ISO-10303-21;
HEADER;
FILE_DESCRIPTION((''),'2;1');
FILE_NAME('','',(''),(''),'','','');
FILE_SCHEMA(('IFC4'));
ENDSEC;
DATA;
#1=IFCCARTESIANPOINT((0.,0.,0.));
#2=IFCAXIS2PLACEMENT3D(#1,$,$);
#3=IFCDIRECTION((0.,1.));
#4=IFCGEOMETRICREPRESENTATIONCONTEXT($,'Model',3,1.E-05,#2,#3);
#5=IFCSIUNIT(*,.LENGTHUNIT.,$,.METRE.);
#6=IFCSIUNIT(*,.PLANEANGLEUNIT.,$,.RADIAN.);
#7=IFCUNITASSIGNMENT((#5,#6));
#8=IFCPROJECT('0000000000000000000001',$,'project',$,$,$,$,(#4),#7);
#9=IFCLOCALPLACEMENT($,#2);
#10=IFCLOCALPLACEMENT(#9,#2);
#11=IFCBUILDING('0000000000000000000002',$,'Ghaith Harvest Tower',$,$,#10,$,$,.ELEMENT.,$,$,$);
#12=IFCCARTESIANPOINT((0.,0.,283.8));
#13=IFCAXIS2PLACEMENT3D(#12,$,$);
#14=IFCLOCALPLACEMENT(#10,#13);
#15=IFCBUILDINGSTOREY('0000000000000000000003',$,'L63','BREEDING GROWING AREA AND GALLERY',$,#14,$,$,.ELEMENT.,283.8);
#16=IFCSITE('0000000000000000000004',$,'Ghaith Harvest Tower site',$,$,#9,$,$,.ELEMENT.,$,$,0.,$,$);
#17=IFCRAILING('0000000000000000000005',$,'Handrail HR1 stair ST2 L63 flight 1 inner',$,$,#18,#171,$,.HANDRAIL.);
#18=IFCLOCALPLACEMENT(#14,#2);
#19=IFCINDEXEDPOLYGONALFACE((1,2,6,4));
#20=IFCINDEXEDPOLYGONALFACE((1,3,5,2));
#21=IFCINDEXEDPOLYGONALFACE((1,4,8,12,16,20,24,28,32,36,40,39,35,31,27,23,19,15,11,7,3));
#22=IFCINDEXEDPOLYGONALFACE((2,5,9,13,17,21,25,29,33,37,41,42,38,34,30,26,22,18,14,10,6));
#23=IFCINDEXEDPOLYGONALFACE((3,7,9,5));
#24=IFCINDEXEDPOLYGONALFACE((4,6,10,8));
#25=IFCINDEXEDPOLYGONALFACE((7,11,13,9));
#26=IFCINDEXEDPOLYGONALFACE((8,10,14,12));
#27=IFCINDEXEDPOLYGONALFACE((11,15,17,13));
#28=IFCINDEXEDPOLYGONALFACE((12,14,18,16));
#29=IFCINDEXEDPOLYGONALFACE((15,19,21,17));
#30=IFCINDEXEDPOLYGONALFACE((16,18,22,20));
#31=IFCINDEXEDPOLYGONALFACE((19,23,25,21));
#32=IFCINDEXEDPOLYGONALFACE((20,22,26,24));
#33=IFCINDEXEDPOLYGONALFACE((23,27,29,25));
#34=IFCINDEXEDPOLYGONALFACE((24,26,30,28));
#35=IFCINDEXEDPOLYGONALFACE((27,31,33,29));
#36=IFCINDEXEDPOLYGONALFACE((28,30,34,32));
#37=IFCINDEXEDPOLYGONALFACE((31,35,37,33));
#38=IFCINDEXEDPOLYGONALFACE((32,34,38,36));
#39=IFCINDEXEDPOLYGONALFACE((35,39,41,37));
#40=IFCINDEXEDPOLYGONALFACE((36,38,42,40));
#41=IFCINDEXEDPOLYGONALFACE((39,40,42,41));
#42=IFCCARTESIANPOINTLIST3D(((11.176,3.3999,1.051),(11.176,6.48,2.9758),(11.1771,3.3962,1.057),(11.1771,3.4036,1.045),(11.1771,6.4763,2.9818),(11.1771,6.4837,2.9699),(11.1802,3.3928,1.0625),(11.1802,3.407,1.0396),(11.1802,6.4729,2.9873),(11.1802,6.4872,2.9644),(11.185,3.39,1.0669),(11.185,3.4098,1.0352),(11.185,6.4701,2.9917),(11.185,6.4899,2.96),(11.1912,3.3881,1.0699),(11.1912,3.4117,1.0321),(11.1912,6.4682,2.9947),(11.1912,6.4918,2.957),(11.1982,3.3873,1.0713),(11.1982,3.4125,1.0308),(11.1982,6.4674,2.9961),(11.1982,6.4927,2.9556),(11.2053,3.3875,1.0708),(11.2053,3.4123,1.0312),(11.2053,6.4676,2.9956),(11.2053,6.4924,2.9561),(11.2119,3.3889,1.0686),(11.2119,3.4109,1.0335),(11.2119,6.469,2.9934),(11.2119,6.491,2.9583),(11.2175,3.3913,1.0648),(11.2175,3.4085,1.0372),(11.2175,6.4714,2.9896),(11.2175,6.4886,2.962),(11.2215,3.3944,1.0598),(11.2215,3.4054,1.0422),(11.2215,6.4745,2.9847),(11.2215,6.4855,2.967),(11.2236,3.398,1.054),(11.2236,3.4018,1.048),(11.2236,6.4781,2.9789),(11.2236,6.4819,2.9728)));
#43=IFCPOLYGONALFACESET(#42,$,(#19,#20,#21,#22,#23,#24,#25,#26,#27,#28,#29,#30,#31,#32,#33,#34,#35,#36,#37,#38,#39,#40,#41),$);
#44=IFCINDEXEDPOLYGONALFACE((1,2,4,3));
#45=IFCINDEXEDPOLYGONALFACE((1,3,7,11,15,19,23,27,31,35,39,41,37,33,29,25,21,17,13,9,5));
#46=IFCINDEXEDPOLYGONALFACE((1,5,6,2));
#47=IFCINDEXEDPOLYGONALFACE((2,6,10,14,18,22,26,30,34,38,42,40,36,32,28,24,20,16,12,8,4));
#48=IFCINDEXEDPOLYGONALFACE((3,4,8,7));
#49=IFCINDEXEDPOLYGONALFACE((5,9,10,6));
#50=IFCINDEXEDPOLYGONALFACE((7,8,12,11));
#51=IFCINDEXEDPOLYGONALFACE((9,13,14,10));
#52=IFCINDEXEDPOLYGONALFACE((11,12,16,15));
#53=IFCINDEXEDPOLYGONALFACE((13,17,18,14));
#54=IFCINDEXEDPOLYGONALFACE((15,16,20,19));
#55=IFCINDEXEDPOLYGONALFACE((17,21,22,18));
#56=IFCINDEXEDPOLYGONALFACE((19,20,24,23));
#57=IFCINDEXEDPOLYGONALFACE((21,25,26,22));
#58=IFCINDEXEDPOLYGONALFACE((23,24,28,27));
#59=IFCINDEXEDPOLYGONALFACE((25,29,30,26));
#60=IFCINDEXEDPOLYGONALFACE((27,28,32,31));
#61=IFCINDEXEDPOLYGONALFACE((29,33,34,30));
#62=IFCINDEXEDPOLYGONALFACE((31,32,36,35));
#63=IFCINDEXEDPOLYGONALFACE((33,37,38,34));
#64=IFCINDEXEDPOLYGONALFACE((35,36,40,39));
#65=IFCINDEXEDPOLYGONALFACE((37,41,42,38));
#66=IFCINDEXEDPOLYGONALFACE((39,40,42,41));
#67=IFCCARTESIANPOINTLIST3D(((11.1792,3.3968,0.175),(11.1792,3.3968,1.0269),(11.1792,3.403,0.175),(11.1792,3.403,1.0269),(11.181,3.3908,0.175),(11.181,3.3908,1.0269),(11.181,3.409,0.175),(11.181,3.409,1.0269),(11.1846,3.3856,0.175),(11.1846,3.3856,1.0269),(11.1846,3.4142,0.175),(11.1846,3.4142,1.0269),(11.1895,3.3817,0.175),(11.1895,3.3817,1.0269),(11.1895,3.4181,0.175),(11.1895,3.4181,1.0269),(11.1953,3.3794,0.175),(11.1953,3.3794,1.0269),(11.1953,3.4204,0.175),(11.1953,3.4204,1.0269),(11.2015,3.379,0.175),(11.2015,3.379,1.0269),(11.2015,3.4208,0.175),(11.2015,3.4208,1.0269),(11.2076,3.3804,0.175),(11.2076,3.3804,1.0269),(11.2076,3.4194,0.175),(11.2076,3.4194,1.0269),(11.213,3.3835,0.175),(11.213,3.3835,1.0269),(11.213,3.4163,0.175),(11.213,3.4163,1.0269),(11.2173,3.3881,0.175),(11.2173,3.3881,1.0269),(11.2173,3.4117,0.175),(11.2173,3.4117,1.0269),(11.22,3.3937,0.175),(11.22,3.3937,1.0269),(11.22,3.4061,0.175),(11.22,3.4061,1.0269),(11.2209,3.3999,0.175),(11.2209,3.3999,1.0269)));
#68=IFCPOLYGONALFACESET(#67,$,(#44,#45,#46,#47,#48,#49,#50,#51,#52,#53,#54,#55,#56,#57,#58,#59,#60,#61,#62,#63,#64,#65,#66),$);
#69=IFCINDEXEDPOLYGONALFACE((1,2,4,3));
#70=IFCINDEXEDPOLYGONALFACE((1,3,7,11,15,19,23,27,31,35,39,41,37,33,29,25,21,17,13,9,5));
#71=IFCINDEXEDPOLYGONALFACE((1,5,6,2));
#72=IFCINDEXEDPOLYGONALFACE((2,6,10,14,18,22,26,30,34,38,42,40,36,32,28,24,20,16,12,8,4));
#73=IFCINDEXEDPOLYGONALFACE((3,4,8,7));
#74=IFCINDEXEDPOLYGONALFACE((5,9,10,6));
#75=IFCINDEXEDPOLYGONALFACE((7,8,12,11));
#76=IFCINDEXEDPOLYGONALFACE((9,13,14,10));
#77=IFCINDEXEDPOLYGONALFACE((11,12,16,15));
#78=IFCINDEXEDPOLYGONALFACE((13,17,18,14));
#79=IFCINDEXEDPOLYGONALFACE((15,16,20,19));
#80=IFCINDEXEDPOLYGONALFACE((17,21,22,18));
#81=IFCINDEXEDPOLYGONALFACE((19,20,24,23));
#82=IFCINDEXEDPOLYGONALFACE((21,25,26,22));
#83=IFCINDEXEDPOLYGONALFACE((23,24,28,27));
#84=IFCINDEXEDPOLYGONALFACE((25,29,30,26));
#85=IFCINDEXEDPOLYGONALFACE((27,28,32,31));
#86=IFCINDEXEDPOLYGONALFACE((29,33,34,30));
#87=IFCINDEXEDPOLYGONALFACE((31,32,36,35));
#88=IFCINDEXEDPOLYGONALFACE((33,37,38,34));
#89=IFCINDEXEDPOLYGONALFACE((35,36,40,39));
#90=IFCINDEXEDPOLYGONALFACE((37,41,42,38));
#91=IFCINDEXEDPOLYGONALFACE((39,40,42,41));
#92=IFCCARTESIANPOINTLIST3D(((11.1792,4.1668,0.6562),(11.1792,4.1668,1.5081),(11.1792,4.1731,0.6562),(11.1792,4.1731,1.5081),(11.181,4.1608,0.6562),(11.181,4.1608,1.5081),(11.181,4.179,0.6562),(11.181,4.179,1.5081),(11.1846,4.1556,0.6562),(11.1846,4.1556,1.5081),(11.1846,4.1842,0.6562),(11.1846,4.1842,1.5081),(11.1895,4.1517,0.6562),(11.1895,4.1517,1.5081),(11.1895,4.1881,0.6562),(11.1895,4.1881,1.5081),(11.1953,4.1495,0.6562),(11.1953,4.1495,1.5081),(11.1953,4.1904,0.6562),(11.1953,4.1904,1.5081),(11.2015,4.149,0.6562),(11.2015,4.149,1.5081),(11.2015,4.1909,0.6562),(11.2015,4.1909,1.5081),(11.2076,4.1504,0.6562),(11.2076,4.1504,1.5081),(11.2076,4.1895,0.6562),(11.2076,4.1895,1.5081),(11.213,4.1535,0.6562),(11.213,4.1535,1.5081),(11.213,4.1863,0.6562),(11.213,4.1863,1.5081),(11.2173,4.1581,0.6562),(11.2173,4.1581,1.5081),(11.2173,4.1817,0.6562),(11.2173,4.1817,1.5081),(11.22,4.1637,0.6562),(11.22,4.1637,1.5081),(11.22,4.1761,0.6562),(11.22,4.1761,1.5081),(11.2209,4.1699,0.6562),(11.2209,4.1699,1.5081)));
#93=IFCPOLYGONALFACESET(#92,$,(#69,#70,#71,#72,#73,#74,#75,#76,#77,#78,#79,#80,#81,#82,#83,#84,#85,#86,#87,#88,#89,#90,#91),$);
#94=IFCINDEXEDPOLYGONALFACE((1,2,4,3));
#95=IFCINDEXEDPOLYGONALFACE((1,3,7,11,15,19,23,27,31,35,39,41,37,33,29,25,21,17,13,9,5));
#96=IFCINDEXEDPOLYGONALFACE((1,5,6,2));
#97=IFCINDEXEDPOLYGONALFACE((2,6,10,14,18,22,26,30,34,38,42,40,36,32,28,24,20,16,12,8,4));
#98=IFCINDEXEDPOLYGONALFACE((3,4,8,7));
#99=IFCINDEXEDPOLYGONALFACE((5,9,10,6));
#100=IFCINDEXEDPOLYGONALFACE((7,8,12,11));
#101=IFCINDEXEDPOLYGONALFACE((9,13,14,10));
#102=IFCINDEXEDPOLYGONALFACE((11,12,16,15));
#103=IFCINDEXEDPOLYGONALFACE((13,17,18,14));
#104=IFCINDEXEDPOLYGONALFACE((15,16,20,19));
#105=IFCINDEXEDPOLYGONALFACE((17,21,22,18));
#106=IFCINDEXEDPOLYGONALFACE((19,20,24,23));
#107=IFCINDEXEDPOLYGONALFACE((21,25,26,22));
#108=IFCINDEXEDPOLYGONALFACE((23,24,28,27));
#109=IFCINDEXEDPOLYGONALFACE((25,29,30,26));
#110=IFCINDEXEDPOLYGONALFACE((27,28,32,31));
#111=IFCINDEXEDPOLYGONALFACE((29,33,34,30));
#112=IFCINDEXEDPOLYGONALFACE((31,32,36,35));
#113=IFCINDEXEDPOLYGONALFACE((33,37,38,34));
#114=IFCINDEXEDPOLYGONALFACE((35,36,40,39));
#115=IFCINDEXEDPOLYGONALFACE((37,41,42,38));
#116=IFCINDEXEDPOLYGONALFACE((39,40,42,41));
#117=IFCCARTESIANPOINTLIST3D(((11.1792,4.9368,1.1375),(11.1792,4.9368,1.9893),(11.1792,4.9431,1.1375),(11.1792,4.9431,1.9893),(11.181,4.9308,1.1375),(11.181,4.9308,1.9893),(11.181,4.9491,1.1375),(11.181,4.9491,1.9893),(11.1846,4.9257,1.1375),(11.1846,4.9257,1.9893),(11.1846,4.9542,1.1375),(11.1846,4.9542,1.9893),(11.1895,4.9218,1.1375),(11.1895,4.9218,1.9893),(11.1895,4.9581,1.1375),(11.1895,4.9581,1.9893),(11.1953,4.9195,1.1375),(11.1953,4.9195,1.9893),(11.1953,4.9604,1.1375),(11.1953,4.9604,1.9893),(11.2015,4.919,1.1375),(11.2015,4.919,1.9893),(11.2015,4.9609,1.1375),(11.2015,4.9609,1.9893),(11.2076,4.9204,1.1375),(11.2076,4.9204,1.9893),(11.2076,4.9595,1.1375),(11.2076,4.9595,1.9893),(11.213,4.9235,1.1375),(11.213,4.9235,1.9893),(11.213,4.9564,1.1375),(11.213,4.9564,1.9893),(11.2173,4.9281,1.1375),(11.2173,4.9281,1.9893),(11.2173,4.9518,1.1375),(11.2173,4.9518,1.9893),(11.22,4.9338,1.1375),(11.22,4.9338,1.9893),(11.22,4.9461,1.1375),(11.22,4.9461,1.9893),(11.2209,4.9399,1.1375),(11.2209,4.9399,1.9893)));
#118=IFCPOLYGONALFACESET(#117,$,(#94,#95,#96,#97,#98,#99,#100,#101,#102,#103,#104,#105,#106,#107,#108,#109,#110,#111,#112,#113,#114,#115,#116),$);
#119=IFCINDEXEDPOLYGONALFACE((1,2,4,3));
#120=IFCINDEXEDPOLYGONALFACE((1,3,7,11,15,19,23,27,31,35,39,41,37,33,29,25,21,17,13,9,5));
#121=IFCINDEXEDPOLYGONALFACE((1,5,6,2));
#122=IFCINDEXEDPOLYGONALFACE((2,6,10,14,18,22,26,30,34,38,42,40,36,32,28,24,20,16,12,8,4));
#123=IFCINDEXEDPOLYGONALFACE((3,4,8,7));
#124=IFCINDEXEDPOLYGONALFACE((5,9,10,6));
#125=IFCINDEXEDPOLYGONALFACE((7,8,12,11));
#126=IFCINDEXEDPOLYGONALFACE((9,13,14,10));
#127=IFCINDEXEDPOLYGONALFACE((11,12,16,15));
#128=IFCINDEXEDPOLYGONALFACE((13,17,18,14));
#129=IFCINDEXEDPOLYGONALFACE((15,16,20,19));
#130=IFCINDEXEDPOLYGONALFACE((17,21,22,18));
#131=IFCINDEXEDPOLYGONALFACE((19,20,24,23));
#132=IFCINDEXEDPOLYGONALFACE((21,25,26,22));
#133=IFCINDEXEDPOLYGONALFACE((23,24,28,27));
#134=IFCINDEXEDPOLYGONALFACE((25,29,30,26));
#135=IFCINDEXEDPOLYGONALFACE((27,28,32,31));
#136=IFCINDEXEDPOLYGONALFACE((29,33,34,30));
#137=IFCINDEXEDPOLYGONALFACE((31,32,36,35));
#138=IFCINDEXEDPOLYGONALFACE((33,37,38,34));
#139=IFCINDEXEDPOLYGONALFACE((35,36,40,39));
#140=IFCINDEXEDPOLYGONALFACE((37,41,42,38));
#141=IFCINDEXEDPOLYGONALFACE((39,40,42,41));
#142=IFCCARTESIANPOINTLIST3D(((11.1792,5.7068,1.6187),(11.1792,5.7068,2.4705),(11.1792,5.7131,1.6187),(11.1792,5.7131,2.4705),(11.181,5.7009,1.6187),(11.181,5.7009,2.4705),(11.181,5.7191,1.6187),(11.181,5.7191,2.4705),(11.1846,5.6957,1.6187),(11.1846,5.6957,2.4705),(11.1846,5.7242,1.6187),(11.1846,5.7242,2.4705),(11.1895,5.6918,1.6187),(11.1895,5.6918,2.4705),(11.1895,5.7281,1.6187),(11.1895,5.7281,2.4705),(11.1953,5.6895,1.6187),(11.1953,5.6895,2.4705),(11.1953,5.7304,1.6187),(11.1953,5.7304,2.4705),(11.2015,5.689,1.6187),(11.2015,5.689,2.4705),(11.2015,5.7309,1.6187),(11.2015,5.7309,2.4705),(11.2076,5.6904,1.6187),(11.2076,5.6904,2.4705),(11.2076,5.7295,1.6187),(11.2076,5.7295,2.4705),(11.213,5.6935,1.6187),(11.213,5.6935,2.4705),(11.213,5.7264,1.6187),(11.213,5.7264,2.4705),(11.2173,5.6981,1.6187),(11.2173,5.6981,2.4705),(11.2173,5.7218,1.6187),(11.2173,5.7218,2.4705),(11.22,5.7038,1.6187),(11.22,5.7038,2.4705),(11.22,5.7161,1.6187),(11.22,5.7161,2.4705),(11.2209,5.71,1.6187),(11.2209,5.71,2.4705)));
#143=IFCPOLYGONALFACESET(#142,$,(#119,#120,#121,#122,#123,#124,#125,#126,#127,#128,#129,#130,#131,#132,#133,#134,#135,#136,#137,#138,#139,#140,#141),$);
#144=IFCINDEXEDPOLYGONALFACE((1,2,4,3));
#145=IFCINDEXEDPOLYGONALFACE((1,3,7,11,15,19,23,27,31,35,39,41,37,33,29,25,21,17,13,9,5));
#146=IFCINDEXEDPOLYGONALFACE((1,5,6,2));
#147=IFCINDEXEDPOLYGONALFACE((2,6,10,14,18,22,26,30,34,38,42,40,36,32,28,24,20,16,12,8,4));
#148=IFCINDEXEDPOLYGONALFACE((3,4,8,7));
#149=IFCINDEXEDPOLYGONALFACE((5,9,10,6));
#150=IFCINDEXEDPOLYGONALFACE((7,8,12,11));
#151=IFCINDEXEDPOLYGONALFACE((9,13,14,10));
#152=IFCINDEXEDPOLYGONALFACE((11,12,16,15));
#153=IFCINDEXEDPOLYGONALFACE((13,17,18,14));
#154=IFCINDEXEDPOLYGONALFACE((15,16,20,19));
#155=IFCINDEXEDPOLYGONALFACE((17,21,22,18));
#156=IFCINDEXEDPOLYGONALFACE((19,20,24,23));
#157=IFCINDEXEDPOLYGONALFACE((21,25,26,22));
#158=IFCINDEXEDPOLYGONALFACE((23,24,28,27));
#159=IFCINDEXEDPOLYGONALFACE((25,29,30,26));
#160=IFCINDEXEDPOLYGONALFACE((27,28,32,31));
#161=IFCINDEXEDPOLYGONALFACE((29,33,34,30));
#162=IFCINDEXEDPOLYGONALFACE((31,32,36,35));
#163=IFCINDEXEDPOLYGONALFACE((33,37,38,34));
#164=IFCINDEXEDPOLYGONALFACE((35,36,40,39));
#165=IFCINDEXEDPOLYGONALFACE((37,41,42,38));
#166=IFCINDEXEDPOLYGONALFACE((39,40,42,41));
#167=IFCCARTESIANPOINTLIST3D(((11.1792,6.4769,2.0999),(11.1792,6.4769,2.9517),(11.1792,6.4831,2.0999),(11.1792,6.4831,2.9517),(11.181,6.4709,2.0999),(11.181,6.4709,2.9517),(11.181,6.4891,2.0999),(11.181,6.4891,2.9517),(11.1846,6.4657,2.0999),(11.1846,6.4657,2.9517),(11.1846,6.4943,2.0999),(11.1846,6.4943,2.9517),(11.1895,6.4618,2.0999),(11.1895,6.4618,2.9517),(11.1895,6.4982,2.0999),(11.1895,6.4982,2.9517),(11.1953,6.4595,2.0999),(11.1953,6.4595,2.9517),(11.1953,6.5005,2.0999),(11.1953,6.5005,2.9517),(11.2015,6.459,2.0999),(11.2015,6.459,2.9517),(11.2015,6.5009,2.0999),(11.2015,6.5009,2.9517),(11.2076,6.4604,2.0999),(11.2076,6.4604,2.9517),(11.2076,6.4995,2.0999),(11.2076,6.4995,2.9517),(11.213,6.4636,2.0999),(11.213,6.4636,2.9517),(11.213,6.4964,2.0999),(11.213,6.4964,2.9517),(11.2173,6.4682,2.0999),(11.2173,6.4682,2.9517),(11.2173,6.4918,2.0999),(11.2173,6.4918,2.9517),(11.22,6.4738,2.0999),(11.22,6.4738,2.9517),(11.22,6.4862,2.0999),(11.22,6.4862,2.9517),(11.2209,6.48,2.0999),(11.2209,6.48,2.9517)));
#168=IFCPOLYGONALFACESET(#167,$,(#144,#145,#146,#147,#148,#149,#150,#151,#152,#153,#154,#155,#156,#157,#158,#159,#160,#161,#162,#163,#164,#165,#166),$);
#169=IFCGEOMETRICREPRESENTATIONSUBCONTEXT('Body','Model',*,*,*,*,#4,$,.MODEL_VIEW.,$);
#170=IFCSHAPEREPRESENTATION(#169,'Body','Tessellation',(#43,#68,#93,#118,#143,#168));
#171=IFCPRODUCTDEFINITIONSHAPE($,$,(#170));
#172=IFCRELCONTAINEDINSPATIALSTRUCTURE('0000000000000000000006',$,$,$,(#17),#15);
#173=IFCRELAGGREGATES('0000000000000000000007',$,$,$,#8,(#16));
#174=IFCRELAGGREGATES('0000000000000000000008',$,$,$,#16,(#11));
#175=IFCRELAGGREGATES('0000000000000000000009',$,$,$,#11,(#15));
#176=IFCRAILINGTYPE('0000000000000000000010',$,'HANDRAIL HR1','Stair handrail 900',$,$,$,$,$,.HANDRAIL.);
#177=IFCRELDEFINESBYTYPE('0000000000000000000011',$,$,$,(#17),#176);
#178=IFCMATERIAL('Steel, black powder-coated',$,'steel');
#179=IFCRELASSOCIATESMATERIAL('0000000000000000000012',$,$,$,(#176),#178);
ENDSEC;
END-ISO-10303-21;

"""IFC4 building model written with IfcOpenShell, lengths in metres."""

from ifc_helpers import new_model, si_unit, direction, frame, origin, origin_2d, place, context, subcontext, project, spatial, circle, extrude, material, type_object, element, save


model = new_model("IFC4")

# Units and contexts
model_context = context("Model", 3, precision=1e-05, world=origin(), true_north=direction((0.0, 1.0)))
body_context = subcontext(model_context, "Body", "Model", "MODEL_VIEW")
ifc_project = project(units=[si_unit("LENGTHUNIT", "METRE"), si_unit("PLANEANGLEUNIT", "RADIAN")], contexts=[model_context])

# Site, building, storey
site_placement = place(None, origin())
site = spatial("IfcSite", under=ifc_project, at=site_placement, Name="Ghaith Harvest Tower site", CompositionType="ELEMENT", RefElevation=0.0)
building_placement = place(site_placement, origin())
building = spatial("IfcBuilding", under=site, at=building_placement, Name="Ghaith Harvest Tower", CompositionType="ELEMENT")
storey_placement = place(building_placement, frame((0.0, 0.0, 283.8)))
storey = spatial("IfcBuildingStorey", under=building, at=storey_placement, Name="L63", Description="BREEDING GROWING AREA AND GALLERY", CompositionType="ELEMENT", Elevation=283.8)

# Railing
ifc_material_1 = material(Name="Steel, black powder-coated", Category="steel")
railing_type = type_object("IfcRailingType", Name="HANDRAIL HR1", Description="Stair handrail 900", PredefinedType="HANDRAIL", material=ifc_material_1)
railing_1_placement = place(storey_placement, frame((11.2, 3.3999, 0.175)))
element("IfcRailing", 1, at=railing_1_placement, inside=storey, type_object=railing_type, Name="Handrail HR1 stair ST2 L63 flight 1 inner", PredefinedType="HANDRAIL", context=body_context, shape_type="SweptSolid", body=[
    extrude(circle(Radius=0.0239, at=origin_2d()), frame((0.0, 0.0, 0.876), z_axis=(0.0, 0.848029, 0.529951), x_axis=(-1.0, 0.0, 0.0)), (0.0, 0.0, 1.0), 3.6321),
    extrude(circle(Radius=0.021, at=origin_2d()), origin(), (0.0, 0.0, 1.0), 0.8518),
    extrude(circle(Radius=0.021, at=origin_2d()), frame((0.0, 0.77, 0.4812)), (0.0, 0.0, 1.0), 0.8518),
    extrude(circle(Radius=0.021, at=origin_2d()), frame((0.0, 1.54, 0.9624)), (0.0, 0.0, 1.0), 0.8518),
    extrude(circle(Radius=0.021, at=origin_2d()), frame((0.0, 2.3101, 1.4436)), (0.0, 0.0, 1.0), 0.8518),
    extrude(circle(Radius=0.021, at=origin_2d()), frame((0.0, 3.0801, 1.9248)), (0.0, 0.0, 1.0), 0.8518),
])

save(model, "model.ifc")
